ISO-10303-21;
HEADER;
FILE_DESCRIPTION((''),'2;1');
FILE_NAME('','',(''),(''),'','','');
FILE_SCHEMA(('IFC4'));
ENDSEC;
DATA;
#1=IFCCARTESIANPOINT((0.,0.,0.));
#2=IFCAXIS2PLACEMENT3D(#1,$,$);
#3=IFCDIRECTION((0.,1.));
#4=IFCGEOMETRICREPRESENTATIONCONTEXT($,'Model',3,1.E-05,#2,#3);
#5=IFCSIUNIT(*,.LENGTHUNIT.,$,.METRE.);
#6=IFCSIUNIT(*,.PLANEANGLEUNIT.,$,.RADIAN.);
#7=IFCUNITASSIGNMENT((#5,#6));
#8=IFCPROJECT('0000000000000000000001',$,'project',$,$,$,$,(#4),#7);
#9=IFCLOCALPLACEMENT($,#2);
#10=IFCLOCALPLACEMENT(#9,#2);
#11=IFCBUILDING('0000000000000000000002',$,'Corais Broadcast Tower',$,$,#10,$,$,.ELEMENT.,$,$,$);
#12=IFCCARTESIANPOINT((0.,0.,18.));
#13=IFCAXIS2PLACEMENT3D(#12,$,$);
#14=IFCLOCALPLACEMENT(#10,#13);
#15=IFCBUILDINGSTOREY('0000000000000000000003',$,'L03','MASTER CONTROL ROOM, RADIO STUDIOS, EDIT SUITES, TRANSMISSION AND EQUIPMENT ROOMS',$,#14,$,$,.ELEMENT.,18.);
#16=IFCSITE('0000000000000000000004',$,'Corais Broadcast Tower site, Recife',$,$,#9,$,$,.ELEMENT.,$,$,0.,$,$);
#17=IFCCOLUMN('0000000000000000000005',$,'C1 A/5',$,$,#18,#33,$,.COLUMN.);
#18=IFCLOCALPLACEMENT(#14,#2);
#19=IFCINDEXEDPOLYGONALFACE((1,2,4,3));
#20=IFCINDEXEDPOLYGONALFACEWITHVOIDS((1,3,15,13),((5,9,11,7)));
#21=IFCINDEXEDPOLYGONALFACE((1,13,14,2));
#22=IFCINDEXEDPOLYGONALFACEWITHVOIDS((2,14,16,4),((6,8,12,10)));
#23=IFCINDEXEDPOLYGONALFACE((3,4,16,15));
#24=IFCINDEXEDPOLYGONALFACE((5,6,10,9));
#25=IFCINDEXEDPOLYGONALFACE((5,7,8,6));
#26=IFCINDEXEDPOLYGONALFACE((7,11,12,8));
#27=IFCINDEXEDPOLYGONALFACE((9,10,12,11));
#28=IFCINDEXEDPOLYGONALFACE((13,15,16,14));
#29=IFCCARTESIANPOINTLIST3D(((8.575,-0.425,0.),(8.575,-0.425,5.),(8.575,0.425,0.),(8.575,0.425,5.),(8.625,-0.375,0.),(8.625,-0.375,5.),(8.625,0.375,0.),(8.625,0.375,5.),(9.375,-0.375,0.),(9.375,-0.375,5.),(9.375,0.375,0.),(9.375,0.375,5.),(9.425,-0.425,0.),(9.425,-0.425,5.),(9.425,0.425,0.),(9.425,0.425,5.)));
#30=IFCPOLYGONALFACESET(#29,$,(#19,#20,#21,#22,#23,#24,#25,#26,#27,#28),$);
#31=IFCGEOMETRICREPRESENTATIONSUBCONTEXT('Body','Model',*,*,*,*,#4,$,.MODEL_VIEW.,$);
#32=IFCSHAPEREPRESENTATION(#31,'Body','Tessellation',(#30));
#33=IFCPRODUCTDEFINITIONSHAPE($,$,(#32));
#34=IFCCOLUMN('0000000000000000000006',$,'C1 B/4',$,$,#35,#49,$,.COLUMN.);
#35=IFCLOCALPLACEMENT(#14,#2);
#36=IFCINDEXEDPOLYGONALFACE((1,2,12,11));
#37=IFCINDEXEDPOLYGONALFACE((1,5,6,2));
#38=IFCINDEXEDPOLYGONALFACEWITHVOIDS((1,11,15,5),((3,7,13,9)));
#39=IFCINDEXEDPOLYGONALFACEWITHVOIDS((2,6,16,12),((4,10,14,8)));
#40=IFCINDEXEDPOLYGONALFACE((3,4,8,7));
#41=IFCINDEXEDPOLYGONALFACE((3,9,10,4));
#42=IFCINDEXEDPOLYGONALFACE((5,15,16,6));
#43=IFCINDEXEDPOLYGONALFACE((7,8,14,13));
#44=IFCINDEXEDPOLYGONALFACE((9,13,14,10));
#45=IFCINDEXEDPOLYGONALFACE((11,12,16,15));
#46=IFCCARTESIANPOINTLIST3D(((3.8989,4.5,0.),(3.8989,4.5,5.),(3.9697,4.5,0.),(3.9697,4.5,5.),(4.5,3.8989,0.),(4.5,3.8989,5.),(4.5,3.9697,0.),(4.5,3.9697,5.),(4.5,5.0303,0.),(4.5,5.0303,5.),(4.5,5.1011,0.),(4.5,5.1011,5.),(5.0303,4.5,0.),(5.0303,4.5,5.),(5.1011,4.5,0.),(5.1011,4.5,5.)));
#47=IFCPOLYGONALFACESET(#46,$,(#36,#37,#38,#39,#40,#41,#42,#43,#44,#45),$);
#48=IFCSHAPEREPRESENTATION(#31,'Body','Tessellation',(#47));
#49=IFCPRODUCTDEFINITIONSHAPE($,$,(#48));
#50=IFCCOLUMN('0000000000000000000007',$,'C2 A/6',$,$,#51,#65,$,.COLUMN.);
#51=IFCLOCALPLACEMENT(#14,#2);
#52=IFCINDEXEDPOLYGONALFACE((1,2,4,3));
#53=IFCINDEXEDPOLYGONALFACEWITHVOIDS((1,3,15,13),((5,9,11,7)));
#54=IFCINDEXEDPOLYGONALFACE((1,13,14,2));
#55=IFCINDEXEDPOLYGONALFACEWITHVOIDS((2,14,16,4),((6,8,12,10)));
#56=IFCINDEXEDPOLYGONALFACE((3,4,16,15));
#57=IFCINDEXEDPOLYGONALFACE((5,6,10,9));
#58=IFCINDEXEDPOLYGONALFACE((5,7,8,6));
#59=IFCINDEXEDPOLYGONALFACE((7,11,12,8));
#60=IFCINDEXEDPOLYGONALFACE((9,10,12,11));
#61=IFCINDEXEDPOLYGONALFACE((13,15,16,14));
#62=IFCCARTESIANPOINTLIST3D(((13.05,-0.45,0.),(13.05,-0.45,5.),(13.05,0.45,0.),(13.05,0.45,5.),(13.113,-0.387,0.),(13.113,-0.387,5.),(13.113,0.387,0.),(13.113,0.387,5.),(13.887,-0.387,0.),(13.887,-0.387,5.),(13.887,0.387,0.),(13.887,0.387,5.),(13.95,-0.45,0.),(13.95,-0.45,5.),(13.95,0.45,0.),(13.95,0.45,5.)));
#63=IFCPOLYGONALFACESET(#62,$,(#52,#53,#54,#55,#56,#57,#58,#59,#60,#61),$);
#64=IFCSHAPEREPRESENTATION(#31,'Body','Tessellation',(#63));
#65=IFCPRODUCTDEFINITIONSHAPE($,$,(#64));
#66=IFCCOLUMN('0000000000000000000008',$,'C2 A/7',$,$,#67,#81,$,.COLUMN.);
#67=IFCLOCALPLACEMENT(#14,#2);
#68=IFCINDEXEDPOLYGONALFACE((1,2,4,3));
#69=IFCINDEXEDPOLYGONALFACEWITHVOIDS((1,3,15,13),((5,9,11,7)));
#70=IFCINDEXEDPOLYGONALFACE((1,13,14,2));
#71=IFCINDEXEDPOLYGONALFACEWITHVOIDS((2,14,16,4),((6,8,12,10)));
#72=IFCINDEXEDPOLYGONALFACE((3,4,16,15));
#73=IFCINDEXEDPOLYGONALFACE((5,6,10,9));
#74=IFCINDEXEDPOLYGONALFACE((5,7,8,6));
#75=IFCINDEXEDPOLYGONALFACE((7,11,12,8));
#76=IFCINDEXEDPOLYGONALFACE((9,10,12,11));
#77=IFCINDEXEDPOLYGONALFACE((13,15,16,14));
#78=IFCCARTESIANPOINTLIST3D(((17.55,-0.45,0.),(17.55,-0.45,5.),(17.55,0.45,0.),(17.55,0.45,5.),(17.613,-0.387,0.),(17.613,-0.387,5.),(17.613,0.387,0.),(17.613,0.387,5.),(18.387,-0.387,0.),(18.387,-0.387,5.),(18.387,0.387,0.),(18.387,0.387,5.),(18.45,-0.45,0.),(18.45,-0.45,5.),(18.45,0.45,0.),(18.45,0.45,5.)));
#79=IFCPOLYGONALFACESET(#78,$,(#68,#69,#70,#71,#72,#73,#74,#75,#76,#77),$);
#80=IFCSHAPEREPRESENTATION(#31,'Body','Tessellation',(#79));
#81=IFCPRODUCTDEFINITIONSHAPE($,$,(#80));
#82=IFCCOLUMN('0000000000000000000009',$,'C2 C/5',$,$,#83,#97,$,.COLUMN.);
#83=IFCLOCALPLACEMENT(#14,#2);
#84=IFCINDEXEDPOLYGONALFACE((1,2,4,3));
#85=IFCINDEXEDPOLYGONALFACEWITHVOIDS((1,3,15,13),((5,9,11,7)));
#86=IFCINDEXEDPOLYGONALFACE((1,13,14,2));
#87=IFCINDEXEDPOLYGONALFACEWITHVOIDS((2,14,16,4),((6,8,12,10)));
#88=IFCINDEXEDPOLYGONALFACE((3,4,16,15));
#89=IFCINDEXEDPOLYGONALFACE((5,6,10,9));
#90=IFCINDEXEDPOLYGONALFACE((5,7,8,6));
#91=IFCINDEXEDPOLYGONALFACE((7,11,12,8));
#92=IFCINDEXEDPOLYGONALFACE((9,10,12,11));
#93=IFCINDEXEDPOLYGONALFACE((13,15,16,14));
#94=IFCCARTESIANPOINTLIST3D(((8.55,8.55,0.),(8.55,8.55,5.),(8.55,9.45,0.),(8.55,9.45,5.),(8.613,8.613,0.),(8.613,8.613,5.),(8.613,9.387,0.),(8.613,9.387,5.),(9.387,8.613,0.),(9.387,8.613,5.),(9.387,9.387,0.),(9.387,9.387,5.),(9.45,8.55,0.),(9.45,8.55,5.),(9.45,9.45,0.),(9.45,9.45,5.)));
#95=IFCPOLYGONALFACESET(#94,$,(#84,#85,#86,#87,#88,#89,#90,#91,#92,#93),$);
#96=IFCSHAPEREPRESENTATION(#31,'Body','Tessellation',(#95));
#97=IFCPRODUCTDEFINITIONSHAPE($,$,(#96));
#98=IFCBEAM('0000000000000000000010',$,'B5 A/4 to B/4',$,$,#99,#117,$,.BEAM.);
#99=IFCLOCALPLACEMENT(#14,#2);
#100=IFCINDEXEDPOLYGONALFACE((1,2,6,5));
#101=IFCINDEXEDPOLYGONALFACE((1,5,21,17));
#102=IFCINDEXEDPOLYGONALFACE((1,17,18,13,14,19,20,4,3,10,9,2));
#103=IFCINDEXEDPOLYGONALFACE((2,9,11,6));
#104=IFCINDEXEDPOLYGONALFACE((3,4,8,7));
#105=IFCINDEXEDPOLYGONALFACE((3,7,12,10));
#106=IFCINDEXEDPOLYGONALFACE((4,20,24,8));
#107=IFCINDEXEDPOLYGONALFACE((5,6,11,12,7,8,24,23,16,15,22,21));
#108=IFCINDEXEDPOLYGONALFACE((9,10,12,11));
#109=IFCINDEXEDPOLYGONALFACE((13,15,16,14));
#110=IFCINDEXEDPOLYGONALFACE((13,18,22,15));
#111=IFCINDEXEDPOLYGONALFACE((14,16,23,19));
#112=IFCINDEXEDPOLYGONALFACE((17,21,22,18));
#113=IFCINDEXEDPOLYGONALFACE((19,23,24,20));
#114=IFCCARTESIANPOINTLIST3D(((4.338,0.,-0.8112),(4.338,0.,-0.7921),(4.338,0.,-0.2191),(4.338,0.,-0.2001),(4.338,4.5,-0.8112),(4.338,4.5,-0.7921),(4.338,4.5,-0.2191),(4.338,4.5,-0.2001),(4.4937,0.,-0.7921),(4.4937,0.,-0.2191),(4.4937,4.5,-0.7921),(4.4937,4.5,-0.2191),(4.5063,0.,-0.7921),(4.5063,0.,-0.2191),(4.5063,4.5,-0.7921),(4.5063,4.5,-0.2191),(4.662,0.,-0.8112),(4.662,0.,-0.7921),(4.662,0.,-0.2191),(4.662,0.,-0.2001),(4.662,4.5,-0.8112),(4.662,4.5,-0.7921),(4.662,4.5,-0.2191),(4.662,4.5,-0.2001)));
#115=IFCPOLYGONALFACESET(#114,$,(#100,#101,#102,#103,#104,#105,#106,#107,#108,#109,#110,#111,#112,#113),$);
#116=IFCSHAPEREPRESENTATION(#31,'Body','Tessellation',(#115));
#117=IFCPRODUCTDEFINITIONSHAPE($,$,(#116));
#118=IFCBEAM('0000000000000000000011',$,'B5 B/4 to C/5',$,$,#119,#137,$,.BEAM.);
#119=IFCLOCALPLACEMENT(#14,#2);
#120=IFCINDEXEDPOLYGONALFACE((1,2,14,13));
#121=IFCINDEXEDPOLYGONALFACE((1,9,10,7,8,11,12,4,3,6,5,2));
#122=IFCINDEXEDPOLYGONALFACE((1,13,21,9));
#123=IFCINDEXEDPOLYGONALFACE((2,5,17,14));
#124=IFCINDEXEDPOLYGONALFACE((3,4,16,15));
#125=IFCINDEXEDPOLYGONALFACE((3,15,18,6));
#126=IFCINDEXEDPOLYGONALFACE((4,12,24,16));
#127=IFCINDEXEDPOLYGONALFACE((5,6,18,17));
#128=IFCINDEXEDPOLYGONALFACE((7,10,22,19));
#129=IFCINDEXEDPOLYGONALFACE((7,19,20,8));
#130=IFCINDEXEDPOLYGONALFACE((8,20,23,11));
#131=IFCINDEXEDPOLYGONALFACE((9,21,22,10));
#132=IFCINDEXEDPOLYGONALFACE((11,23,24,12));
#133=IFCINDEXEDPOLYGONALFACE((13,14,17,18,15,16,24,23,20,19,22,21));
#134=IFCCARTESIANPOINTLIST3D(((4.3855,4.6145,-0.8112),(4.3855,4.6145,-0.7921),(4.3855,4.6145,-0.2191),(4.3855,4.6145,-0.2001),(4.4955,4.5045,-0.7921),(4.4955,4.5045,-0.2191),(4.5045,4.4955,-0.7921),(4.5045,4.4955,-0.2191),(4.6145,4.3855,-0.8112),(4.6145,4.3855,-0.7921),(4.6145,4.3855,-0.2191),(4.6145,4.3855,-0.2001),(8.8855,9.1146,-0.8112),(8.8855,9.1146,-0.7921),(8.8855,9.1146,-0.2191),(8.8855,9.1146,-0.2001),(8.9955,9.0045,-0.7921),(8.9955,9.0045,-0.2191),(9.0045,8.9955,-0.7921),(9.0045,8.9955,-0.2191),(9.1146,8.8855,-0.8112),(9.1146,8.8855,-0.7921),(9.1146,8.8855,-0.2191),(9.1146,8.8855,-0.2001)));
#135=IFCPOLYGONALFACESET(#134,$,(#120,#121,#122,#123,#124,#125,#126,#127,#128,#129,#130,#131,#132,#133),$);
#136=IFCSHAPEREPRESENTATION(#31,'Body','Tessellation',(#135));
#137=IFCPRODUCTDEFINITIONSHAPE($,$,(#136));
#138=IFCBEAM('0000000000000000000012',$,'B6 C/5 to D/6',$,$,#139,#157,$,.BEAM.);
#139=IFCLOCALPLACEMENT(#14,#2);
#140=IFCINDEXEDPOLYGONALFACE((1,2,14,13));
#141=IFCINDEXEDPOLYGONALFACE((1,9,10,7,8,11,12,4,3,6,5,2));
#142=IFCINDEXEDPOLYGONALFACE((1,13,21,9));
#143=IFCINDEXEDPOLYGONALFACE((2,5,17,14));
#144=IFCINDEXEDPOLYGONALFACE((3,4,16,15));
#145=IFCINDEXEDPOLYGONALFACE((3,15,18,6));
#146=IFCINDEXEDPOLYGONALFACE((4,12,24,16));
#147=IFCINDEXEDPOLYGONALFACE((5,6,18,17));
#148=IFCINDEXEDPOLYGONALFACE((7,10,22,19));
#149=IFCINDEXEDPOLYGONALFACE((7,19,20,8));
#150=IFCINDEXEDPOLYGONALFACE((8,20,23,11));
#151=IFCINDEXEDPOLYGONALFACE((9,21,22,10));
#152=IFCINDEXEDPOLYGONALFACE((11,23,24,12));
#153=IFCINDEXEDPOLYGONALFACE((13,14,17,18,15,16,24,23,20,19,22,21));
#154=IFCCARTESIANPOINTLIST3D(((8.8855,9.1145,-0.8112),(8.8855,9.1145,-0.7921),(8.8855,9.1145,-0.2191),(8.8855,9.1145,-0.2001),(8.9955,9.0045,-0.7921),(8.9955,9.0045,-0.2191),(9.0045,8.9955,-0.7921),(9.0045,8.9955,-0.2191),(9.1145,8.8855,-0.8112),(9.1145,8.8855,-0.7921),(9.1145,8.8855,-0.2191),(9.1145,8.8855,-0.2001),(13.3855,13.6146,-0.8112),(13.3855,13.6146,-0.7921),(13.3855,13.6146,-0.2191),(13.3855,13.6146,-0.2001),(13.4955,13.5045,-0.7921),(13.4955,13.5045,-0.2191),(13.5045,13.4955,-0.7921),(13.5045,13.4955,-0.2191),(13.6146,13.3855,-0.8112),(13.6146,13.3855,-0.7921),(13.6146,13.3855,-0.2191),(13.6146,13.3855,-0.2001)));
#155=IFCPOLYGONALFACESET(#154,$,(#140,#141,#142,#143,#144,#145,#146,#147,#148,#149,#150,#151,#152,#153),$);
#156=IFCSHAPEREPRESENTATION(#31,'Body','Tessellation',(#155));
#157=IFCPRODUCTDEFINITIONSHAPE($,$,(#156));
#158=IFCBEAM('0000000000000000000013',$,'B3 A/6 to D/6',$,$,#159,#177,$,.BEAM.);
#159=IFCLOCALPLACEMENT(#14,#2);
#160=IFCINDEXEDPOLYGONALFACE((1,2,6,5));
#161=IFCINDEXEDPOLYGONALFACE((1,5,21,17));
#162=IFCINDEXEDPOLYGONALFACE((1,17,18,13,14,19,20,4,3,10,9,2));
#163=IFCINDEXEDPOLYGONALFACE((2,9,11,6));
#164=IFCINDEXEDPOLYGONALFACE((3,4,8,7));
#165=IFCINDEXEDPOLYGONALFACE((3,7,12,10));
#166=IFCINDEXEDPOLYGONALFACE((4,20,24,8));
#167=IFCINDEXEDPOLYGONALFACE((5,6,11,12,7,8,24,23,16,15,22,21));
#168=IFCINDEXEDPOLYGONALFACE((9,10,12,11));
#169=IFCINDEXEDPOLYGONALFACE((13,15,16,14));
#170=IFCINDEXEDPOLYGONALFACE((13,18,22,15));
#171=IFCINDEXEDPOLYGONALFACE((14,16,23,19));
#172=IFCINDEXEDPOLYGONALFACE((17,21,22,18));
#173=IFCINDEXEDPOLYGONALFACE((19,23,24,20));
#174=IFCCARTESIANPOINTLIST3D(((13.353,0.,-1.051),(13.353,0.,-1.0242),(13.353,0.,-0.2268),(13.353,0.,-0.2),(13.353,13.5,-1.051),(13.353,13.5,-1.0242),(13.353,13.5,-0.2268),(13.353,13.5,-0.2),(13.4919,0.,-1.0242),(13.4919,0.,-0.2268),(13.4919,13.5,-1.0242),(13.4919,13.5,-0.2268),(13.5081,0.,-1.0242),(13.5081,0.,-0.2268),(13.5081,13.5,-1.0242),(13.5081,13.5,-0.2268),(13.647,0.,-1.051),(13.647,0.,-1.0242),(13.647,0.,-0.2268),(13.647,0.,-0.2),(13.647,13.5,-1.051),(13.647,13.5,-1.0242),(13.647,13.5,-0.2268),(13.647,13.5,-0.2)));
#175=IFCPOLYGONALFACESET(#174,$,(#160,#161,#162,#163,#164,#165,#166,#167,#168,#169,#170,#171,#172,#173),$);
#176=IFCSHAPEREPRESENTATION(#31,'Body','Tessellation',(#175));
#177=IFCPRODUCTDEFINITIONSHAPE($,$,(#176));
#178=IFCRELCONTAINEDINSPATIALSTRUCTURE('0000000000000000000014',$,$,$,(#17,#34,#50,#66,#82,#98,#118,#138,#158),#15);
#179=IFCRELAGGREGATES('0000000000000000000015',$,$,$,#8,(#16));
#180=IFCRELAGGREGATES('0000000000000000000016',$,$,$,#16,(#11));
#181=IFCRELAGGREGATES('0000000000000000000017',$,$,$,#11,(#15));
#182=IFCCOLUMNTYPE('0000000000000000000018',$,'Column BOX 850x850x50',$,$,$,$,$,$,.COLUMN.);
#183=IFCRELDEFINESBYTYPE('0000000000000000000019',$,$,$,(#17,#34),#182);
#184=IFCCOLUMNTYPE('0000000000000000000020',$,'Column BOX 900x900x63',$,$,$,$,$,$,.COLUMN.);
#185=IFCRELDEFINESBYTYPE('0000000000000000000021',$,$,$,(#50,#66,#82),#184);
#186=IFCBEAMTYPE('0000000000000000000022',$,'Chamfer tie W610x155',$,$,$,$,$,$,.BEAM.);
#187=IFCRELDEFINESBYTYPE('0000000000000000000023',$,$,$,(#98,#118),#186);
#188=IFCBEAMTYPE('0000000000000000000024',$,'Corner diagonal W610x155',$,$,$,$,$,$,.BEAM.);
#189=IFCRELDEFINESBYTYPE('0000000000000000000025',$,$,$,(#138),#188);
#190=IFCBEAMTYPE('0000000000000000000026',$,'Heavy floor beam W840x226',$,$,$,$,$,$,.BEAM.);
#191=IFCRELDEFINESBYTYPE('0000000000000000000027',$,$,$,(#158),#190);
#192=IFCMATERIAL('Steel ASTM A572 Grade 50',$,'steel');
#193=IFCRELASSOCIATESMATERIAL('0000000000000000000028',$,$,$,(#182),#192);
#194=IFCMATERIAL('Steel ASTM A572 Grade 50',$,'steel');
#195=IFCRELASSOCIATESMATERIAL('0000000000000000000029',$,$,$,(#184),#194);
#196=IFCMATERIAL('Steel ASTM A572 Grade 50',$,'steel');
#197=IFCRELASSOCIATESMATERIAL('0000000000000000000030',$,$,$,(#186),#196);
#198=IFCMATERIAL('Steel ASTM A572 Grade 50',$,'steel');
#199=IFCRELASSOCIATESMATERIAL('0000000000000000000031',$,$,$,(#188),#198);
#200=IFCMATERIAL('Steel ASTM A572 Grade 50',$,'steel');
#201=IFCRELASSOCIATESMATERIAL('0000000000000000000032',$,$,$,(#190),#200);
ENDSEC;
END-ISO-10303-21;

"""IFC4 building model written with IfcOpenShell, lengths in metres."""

from ifc_helpers import new_model, si_unit, direction, frame, origin, origin_2d, place, context, subcontext, project, spatial, hollow_rectangle, i_section, extrude, material, material_profile, profile_set, type_object, element, save


model = new_model("IFC4")

# Units and contexts
model_context = context("Model", 3, precision=1e-05, world=origin(), true_north=direction((0.0, 1.0)))
body_context = subcontext(model_context, "Body", "Model", "MODEL_VIEW")
ifc_project = project(units=[si_unit("LENGTHUNIT", "METRE"), si_unit("PLANEANGLEUNIT", "RADIAN")], contexts=[model_context])

# Site, building, storey
site_placement = place(None, origin())
site = spatial("IfcSite", under=ifc_project, at=site_placement, Name="Corais Broadcast Tower site, Recife", CompositionType="ELEMENT", RefElevation=0.0)
building_placement = place(site_placement, origin())
building = spatial("IfcBuilding", under=site, at=building_placement, Name="Corais Broadcast Tower", CompositionType="ELEMENT")
storey_placement = place(building_placement, frame((0.0, 0.0, 18.0)))
storey = spatial("IfcBuildingStorey", under=building, at=storey_placement, Name="L03", Description="MASTER CONTROL ROOM, RADIO STUDIOS, EDIT SUITES, TRANSMISSION AND EQUIPMENT ROOMS", CompositionType="ELEMENT", Elevation=18.0)

# Columns
ifc_material_1 = material(Name="Steel ASTM A572 Grade 50", Category="steel")
ifc_material_profile_1 = material_profile(ifc_material_1, hollow_rectangle(XDim=0.8501, YDim=0.8501, WallThickness=0.05, at=origin_2d()), Name="BOX 850x850x50")
ifc_profile_set_1 = profile_set([ifc_material_profile_1], Name="Steel ASTM A572 Grade 50")
column_type_1 = type_object("IfcColumnType", Name="Column BOX 850x850x50", PredefinedType="COLUMN", material=ifc_profile_set_1)
for number, where, z_axis, x_axis, name in (
    (1, (9.0, 0.0, 0.0), (0.0, 0.0, 1.0), (1.0, 0.0, 0.0), "C1 A/5"),
    (2, (4.5, 4.5, 0.0), (0.0, 0.0, 1.0), (0.707107, 0.707107, 0.0), "C1 B/4"),
):
    element("IfcColumn", number, at=place(storey_placement, frame(where, z_axis=z_axis, x_axis=x_axis)), inside=storey, type_object=column_type_1, Name=name, PredefinedType="COLUMN", context=body_context, shape_type="SweptSolid", body=[
        extrude(hollow_rectangle(XDim=0.8501, YDim=0.8501, WallThickness=0.05, at=origin_2d()), origin(), (0.0, 0.0, 1.0), 5.0),
    ])
ifc_material_2 = material(Name="Steel ASTM A572 Grade 50", Category="steel")
ifc_material_profile_2 = material_profile(ifc_material_2, hollow_rectangle(XDim=0.8999, YDim=0.8999, WallThickness=0.063, at=origin_2d()), Name="BOX 900x900x63")
ifc_profile_set_2 = profile_set([ifc_material_profile_2], Name="Steel ASTM A572 Grade 50")
column_type_2 = type_object("IfcColumnType", Name="Column BOX 900x900x63", PredefinedType="COLUMN", material=ifc_profile_set_2)
for number, where, z_axis, x_axis, name in (
    (3, (13.5, 0.0, 0.0), (0.0, 0.0, 1.0), (1.0, 0.0, 0.0), "C2 A/6"),
    (4, (18.0, 0.0, 0.0), (0.0, 0.0, 1.0), (1.0, 0.0, 0.0), "C2 A/7"),
    (5, (9.0, 9.0, 0.0), (0.0, 0.0, 1.0), (1.0, 0.0, 0.0), "C2 C/5"),
):
    element("IfcColumn", number, at=place(storey_placement, frame(where, z_axis=z_axis, x_axis=x_axis)), inside=storey, type_object=column_type_2, Name=name, PredefinedType="COLUMN", context=body_context, shape_type="SweptSolid", body=[
        extrude(hollow_rectangle(XDim=0.8999, YDim=0.8999, WallThickness=0.063, at=origin_2d()), origin(), (0.0, 0.0, 1.0), 5.0),
    ])

# Beams
ifc_material_3 = material(Name="Steel ASTM A572 Grade 50", Category="steel")
ifc_material_profile_3 = material_profile(ifc_material_3, i_section(OverallWidth=0.324, OverallDepth=0.6111, WebThickness=0.0127, FlangeThickness=0.019, at=origin_2d()), Name="W610x155")
ifc_profile_set_3 = profile_set([ifc_material_profile_3], Name="Steel ASTM A572 Grade 50")
beam_type_1 = type_object("IfcBeamType", Name="Chamfer tie W610x155", PredefinedType="BEAM", material=ifc_profile_set_3)
beam_1_placement = place(storey_placement, frame((4.5, 0.0, -0.5056), z_axis=(0.0, 1.0, 0.0), x_axis=(-1.0, 0.0, 0.0)))
element("IfcBeam", 6, at=beam_1_placement, inside=storey, type_object=beam_type_1, Name="B5 A/4 to B/4", PredefinedType="BEAM", context=body_context, shape_type="SweptSolid", body=[
    extrude(i_section(OverallWidth=0.324, OverallDepth=0.6111, WebThickness=0.0127, FlangeThickness=0.019, at=origin_2d()), origin(), (0.0, 0.0, 1.0), 4.5),
])
beam_2_placement = place(storey_placement, frame((4.5, 4.5, -0.5056), z_axis=(0.707107, 0.707107, 0.0), x_axis=(-0.707107, 0.707107, 0.0)))
element("IfcBeam", 7, at=beam_2_placement, inside=storey, type_object=beam_type_1, Name="B5 B/4 to C/5", PredefinedType="BEAM", context=body_context, shape_type="SweptSolid", body=[
    extrude(i_section(OverallWidth=0.324, OverallDepth=0.6111, WebThickness=0.0127, FlangeThickness=0.019, at=origin_2d()), origin(), (0.0, 0.0, 1.0), 6.364),
])
ifc_material_4 = material(Name="Steel ASTM A572 Grade 50", Category="steel")
ifc_material_profile_4 = material_profile(ifc_material_4, i_section(OverallWidth=0.324, OverallDepth=0.6111, WebThickness=0.0127, FlangeThickness=0.019, at=origin_2d()), Name="W610x155")
ifc_profile_set_4 = profile_set([ifc_material_profile_4], Name="Steel ASTM A572 Grade 50")
beam_type_2 = type_object("IfcBeamType", Name="Corner diagonal W610x155", PredefinedType="BEAM", material=ifc_profile_set_4)
beam_3_placement = place(storey_placement, frame((9.0, 9.0, -0.5056), z_axis=(0.707107, 0.707107, 0.0), x_axis=(-0.707107, 0.707107, 0.0)))
element("IfcBeam", 8, at=beam_3_placement, inside=storey, type_object=beam_type_2, Name="B6 C/5 to D/6", PredefinedType="BEAM", context=body_context, shape_type="SweptSolid", body=[
    extrude(i_section(OverallWidth=0.324, OverallDepth=0.6111, WebThickness=0.0127, FlangeThickness=0.019, at=origin_2d()), origin(), (0.0, 0.0, 1.0), 6.364),
])
ifc_material_5 = material(Name="Steel ASTM A572 Grade 50", Category="steel")
ifc_material_profile_5 = material_profile(ifc_material_5, i_section(OverallWidth=0.2939, OverallDepth=0.8511, WebThickness=0.0161, FlangeThickness=0.0269, at=origin_2d()), Name="W840x226")
ifc_profile_set_5 = profile_set([ifc_material_profile_5], Name="Steel ASTM A572 Grade 50")
beam_type_3 = type_object("IfcBeamType", Name="Heavy floor beam W840x226", PredefinedType="BEAM", material=ifc_profile_set_5)
for number, where, z_axis, x_axis, name in (
    (9, (13.5, 0.0, -0.6255), (0.0, 1.0, 0.0), (-1.0, 0.0, 0.0), "B3 A/6 to D/6"),
):
    element("IfcBeam", number, at=place(storey_placement, frame(where, z_axis=z_axis, x_axis=x_axis)), inside=storey, type_object=beam_type_3, Name=name, PredefinedType="BEAM", context=body_context, shape_type="SweptSolid", body=[
        extrude(i_section(OverallWidth=0.2939, OverallDepth=0.8511, WebThickness=0.0161, FlangeThickness=0.0269, at=origin_2d()), origin(), (0.0, 0.0, 1.0), 13.5),
    ])

save(model, "model.ifc")
